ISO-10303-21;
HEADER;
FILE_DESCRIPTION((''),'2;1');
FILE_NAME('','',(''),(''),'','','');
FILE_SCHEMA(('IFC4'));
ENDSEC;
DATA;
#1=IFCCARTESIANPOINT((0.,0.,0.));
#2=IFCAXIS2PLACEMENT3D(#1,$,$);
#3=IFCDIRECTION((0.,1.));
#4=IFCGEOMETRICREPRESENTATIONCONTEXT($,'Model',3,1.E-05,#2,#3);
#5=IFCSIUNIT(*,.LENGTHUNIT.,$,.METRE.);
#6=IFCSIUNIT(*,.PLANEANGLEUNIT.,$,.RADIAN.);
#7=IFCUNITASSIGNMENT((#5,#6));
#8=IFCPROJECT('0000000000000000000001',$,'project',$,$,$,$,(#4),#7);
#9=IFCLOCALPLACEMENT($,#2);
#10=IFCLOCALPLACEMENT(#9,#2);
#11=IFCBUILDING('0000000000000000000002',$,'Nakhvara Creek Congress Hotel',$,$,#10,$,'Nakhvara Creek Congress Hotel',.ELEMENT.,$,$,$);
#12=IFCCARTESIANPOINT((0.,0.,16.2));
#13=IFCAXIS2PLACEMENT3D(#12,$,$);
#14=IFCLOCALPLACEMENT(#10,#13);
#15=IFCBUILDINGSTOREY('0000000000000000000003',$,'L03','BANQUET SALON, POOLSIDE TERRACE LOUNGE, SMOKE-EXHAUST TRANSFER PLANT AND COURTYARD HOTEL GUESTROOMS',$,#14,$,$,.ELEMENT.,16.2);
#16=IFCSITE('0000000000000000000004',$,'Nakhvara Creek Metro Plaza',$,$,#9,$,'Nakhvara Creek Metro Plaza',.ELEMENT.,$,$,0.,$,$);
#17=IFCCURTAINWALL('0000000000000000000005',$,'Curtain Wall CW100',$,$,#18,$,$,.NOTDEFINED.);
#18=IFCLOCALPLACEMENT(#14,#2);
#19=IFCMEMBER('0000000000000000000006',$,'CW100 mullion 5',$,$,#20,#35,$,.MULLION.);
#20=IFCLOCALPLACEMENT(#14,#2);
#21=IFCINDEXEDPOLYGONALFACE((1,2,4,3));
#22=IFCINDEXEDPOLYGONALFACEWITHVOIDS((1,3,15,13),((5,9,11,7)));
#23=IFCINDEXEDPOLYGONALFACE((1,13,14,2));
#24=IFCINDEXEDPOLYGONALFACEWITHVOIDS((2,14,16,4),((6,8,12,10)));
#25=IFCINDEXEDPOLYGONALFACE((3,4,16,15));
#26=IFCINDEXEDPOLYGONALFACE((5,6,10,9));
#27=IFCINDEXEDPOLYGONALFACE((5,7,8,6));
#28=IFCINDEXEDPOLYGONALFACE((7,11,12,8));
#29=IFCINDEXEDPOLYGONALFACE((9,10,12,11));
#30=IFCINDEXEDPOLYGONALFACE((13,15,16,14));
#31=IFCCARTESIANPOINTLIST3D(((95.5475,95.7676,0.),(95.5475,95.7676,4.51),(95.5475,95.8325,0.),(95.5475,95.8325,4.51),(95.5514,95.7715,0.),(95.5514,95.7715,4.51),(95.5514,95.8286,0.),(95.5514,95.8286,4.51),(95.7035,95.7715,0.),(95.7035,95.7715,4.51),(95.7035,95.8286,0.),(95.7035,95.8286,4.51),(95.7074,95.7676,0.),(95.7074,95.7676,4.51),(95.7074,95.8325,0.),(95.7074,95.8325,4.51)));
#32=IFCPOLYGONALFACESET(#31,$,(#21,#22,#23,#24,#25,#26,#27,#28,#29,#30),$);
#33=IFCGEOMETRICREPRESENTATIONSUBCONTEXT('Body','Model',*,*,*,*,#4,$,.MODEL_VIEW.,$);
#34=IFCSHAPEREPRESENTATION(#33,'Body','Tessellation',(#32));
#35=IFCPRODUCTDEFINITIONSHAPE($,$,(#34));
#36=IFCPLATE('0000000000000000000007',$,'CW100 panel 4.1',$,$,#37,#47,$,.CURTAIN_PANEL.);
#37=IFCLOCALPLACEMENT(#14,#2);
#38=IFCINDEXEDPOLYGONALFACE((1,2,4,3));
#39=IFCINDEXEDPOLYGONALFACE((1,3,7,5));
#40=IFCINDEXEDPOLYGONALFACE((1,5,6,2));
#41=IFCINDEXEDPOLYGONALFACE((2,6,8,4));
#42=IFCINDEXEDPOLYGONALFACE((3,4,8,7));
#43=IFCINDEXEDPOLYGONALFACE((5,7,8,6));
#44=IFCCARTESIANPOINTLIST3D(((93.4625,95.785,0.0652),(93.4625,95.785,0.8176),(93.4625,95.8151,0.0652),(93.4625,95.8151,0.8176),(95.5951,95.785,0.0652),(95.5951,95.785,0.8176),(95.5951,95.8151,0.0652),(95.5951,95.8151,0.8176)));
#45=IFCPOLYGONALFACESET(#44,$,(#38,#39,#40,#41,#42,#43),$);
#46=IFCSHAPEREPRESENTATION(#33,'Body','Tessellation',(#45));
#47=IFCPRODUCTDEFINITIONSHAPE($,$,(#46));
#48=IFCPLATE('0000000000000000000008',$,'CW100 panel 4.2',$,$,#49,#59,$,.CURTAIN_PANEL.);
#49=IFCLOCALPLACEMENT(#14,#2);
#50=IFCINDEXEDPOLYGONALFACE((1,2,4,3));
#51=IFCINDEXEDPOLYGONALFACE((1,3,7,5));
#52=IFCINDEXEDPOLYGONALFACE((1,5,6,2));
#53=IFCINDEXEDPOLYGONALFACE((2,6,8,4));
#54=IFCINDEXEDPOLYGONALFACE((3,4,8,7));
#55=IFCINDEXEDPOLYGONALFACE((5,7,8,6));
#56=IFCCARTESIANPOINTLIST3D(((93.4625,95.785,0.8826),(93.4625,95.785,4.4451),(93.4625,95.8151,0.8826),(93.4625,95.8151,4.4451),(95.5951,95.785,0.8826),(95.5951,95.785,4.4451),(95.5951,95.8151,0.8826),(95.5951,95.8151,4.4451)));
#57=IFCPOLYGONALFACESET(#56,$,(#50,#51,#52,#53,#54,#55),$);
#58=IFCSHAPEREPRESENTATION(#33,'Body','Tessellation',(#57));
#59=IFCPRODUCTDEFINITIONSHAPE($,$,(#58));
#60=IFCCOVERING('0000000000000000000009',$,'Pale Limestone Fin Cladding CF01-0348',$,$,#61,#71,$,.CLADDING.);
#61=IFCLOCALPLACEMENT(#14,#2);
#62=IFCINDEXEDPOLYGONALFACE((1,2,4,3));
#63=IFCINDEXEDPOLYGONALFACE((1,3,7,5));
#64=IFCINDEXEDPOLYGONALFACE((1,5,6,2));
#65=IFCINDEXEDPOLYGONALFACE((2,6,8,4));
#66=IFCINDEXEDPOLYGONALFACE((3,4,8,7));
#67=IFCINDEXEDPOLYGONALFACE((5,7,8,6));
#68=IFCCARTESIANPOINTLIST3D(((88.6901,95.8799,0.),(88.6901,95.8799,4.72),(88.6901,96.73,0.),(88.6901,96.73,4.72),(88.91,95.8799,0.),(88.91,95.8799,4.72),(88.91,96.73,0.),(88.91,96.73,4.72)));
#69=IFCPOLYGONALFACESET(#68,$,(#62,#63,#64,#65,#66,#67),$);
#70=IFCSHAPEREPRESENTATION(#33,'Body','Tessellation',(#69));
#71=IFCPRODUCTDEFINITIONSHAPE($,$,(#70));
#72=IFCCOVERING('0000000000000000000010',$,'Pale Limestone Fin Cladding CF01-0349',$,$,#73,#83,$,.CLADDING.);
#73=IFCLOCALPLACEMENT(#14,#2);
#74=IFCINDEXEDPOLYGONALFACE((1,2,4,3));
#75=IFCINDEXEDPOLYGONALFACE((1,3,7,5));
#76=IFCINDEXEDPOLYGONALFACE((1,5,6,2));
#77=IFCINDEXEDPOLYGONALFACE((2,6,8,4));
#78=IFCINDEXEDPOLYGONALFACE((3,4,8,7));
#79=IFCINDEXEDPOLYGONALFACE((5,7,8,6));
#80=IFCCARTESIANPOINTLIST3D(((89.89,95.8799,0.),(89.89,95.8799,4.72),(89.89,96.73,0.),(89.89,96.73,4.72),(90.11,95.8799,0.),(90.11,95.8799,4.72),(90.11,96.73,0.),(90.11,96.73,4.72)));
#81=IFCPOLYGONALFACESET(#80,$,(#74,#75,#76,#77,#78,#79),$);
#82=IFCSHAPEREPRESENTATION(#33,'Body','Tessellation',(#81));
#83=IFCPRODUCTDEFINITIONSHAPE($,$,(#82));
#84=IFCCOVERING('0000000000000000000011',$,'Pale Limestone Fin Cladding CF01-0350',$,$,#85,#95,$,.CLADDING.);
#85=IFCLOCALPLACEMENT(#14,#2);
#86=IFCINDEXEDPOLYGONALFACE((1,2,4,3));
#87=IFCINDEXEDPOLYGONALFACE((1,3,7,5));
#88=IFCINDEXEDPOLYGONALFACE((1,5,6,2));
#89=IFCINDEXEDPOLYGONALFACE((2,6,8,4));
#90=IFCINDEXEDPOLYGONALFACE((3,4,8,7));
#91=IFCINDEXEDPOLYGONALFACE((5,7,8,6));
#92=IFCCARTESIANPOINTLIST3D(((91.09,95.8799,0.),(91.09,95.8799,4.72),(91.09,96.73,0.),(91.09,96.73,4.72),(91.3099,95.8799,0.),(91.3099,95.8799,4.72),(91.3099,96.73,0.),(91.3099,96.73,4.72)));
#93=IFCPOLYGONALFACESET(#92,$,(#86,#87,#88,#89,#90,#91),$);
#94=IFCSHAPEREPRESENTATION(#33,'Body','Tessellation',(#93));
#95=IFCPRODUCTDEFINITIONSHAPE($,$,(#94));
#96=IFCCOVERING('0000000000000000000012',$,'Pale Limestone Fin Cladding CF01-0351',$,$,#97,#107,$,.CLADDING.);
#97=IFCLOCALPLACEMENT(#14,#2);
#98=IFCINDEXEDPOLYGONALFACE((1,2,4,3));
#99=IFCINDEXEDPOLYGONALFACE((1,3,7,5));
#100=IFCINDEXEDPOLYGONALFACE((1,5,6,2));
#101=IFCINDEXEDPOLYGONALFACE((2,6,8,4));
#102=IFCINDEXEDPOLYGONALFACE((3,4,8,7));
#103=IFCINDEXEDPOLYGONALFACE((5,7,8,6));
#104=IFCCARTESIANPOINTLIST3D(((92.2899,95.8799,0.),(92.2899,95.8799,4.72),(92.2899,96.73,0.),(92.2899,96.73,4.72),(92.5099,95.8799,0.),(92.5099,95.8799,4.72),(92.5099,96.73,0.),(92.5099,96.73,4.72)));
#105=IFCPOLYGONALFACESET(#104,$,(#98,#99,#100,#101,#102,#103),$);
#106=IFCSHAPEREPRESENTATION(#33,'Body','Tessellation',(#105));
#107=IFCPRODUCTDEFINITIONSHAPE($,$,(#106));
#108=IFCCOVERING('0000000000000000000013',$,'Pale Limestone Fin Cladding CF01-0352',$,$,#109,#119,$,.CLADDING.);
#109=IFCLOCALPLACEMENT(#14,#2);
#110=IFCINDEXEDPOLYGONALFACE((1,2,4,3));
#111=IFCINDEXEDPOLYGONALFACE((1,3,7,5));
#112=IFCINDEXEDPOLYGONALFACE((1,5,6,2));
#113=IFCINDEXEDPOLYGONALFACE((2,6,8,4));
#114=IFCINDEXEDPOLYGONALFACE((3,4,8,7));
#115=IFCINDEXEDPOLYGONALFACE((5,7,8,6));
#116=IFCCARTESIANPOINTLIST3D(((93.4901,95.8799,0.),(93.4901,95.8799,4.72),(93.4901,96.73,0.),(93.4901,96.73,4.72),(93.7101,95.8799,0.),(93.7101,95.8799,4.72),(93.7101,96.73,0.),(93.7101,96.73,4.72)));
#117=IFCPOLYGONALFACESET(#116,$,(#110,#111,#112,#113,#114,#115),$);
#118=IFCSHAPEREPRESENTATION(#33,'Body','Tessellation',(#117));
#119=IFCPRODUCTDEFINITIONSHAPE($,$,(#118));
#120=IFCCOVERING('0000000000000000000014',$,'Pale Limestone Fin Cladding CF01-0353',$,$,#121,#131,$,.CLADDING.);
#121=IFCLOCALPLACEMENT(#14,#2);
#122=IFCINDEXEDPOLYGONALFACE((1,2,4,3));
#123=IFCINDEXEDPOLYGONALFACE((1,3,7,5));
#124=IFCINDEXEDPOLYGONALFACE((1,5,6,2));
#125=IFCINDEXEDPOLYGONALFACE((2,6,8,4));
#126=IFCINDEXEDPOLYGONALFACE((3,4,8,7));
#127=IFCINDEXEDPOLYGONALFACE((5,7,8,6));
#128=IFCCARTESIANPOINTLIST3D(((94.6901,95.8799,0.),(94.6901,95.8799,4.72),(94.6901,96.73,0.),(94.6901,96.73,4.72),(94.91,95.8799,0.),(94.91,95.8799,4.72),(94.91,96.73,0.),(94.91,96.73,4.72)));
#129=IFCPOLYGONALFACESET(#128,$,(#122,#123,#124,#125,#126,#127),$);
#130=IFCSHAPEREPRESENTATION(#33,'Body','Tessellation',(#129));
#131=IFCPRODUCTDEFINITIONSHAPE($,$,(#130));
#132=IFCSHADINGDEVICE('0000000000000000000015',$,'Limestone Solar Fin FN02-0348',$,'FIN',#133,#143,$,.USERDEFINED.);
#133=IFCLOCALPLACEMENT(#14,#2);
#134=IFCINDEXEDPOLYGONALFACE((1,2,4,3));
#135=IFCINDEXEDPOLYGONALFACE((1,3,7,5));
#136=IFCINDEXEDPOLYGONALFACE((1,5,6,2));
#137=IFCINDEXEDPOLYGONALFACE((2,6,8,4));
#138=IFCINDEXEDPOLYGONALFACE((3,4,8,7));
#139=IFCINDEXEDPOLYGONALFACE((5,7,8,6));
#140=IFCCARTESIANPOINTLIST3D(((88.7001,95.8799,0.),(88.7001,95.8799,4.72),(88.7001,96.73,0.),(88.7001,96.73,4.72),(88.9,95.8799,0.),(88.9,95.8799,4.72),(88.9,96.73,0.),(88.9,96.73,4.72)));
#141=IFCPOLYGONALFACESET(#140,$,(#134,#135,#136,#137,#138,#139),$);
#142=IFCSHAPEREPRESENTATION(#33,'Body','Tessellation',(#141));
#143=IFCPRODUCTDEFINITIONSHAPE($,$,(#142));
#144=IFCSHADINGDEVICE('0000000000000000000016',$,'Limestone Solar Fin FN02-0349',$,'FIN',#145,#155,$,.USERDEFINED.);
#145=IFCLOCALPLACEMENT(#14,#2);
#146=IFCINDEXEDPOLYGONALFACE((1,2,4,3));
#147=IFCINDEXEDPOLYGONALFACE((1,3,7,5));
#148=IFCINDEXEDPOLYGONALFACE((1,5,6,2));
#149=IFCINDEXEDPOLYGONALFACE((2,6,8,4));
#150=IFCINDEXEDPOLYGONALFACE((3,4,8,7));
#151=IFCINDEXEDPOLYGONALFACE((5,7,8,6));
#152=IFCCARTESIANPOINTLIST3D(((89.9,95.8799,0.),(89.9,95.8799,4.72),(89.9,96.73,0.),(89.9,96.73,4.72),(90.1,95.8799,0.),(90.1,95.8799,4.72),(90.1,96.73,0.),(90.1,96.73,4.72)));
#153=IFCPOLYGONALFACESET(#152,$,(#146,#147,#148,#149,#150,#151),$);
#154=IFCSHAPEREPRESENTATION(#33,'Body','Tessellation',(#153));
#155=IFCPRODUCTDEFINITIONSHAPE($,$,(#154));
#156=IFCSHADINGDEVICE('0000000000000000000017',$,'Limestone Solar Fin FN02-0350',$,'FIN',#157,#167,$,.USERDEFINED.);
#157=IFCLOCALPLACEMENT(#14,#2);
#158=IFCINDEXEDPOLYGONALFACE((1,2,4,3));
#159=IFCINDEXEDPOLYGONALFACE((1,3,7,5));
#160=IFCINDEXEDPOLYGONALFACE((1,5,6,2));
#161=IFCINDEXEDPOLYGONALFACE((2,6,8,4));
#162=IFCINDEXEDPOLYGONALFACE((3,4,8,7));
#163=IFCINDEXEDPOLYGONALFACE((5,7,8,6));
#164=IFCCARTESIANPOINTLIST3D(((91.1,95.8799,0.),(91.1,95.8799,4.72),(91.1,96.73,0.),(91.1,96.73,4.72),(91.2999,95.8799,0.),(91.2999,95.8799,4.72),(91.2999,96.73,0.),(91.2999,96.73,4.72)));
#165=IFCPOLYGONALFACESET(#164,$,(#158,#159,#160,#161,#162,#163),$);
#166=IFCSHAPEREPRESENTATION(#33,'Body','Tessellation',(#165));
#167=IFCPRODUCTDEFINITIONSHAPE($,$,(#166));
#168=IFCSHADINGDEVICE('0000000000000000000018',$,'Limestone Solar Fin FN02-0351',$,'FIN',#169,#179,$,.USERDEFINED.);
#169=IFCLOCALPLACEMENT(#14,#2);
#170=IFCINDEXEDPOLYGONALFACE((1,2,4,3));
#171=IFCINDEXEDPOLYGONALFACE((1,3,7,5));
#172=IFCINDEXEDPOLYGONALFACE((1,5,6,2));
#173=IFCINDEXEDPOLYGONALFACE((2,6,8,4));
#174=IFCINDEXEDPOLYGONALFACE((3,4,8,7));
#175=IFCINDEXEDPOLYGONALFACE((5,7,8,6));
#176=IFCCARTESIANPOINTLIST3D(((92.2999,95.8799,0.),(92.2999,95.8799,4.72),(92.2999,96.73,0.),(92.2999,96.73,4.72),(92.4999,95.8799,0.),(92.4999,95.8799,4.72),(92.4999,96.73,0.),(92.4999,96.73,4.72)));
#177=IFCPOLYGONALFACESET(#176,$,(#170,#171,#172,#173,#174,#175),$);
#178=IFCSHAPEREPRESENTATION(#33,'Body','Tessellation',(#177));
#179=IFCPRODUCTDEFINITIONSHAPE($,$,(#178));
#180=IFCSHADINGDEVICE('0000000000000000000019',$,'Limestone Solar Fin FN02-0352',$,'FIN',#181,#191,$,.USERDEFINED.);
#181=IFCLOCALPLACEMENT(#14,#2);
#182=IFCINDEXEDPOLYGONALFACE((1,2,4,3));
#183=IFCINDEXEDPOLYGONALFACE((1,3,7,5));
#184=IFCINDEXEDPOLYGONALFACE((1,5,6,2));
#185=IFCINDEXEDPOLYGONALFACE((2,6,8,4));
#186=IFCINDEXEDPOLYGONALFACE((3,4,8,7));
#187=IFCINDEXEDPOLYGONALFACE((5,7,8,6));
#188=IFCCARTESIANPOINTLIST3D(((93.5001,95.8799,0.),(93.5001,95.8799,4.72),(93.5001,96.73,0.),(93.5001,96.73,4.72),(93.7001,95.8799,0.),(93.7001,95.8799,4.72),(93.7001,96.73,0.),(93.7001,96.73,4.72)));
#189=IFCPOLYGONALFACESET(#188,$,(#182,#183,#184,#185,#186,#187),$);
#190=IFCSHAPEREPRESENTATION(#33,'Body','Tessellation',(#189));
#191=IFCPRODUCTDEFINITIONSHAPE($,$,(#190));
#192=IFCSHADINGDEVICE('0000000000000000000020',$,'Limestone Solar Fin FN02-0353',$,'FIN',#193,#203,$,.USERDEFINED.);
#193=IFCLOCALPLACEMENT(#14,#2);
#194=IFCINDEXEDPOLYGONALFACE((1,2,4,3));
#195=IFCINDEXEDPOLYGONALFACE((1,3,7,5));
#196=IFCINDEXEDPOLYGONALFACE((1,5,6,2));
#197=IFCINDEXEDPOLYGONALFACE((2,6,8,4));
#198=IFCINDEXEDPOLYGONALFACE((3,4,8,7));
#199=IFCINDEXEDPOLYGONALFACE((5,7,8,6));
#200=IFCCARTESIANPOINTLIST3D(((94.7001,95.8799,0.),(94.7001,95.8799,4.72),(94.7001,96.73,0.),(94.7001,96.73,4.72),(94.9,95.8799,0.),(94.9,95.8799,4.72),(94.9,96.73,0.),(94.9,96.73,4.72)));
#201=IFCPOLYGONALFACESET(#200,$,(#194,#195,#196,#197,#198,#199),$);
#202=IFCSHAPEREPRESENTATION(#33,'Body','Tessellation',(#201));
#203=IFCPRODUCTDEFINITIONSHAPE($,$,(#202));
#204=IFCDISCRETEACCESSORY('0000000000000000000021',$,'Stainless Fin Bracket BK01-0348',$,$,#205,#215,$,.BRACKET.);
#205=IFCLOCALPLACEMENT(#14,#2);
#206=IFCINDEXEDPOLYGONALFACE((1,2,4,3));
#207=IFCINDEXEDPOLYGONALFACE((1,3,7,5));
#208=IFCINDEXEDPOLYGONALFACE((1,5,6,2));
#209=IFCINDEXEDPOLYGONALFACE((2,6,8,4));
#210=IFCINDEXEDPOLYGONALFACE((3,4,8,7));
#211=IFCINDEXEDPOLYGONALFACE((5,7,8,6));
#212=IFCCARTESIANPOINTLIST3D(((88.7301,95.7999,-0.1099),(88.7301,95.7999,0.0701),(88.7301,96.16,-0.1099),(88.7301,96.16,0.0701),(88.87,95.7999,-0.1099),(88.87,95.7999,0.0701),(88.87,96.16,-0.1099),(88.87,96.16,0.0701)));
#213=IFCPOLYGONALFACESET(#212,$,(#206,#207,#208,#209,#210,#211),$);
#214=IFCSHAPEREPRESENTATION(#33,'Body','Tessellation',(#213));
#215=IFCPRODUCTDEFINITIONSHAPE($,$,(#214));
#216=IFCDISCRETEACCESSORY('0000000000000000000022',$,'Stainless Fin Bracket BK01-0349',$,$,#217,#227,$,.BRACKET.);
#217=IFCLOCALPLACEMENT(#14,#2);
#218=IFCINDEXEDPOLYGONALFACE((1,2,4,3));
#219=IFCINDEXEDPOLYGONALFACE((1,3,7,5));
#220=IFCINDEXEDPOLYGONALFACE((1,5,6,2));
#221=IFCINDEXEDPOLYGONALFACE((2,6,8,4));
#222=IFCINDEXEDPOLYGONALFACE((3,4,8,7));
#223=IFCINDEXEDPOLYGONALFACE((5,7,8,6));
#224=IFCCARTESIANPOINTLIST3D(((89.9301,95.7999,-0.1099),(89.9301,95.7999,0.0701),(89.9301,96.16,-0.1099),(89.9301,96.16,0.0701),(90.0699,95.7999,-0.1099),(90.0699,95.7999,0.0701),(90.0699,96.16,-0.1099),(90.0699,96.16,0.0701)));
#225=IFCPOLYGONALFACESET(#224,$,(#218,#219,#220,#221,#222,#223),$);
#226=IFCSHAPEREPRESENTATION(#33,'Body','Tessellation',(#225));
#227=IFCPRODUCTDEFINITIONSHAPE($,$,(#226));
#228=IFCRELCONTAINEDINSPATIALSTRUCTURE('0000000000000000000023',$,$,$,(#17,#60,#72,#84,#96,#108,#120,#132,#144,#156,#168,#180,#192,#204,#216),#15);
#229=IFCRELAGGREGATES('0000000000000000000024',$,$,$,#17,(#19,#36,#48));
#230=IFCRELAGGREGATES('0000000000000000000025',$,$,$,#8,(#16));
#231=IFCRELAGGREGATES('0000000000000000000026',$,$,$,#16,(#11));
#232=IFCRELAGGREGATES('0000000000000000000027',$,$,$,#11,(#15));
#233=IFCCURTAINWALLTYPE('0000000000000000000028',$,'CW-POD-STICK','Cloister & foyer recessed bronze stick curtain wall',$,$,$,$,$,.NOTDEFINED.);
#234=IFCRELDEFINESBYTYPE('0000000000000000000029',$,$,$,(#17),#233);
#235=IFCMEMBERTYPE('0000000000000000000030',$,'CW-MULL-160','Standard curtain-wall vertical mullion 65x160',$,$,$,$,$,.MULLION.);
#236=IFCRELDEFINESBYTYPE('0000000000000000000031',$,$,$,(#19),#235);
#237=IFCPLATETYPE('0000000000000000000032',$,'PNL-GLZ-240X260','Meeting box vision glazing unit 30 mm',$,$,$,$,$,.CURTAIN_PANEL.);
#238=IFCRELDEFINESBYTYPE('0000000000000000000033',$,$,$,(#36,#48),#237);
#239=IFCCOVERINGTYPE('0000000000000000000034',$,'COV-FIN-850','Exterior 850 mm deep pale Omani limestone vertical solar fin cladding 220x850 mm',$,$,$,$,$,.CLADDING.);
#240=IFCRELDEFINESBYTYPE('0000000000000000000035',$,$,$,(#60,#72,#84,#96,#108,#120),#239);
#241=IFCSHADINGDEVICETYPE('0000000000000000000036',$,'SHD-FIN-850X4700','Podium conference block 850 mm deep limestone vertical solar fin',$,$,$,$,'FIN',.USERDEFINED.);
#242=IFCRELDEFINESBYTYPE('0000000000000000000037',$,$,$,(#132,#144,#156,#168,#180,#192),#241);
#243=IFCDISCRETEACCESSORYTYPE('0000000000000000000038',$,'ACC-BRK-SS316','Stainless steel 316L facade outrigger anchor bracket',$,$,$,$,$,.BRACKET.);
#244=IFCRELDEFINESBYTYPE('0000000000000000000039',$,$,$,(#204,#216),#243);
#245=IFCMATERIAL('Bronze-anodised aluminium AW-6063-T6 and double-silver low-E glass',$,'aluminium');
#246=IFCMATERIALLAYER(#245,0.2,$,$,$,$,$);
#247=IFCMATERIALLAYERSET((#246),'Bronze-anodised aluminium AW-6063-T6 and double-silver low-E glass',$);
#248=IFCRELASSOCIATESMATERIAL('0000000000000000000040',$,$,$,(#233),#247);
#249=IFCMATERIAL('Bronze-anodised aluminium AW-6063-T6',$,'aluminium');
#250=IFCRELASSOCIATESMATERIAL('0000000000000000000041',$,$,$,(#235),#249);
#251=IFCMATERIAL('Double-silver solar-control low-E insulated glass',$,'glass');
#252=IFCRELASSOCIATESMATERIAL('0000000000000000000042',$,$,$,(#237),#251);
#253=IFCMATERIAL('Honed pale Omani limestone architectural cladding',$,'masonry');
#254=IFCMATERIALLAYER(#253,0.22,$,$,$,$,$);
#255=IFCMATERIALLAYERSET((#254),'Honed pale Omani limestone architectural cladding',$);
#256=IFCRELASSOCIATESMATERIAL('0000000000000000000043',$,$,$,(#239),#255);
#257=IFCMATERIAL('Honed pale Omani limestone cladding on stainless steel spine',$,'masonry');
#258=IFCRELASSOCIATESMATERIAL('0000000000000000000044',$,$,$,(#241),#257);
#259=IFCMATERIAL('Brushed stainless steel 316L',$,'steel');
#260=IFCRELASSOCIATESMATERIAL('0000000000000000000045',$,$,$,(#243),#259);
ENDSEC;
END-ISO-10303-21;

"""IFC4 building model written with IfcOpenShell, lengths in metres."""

from ifc_helpers import new_model, si_unit, direction, frame, origin, origin_2d, place, context, subcontext, project, spatial, rectangle, hollow_rectangle, extrude, material, layer, layer_set, material_profile, profile_set, type_object, element, aggregate, save


model = new_model("IFC4")

# Units and contexts
model_context = context("Model", 3, precision=1e-05, world=origin(), true_north=direction((0.0, 1.0)))
body_context = subcontext(model_context, "Body", "Model", "MODEL_VIEW")
ifc_project = project(units=[si_unit("LENGTHUNIT", "METRE"), si_unit("PLANEANGLEUNIT", "RADIAN")], contexts=[model_context])

# Site, building, storey
site_placement = place(None, origin())
site = spatial("IfcSite", under=ifc_project, at=site_placement, Name="Nakhvara Creek Metro Plaza", LongName="Nakhvara Creek Metro Plaza", CompositionType="ELEMENT", RefElevation=0.0)
building_placement = place(site_placement, origin())
building = spatial("IfcBuilding", under=site, at=building_placement, Name="Nakhvara Creek Congress Hotel", LongName="Nakhvara Creek Congress Hotel", CompositionType="ELEMENT")
storey_placement = place(building_placement, frame((0.0, 0.0, 16.2)))
storey = spatial("IfcBuildingStorey", under=building, at=storey_placement, Name="L03", Description="BANQUET SALON, POOLSIDE TERRACE LOUNGE, SMOKE-EXHAUST TRANSFER PLANT AND COURTYARD HOTEL GUESTROOMS", CompositionType="ELEMENT", Elevation=16.2)

# Curtain wall, member, plates
ifc_material_1 = material(Name="Bronze-anodised aluminium AW-6063-T6 and double-silver low-E glass", Category="aluminium")
ifc_layer_1 = layer(ifc_material_1, 0.2)
ifc_layer_set_1 = layer_set([ifc_layer_1], Name="Bronze-anodised aluminium AW-6063-T6 and double-silver low-E glass")
curtain_wall_type = type_object("IfcCurtainWallType", Name="CW-POD-STICK", Description="Cloister & foyer recessed bronze stick curtain wall", PredefinedType="NOTDEFINED", material=ifc_layer_set_1)
curtain_wall_placement = place(storey_placement, origin())
curtain_wall = element("IfcCurtainWall", 1, at=curtain_wall_placement, inside=storey, type_object=curtain_wall_type, Name="Curtain Wall CW100", PredefinedType="NOTDEFINED")
ifc_material_2 = material(Name="Bronze-anodised aluminium AW-6063-T6", Category="aluminium")
ifc_material_profile = material_profile(ifc_material_2, hollow_rectangle(XDim=0.0649, YDim=0.1599, WallThickness=0.0039, at=origin_2d()), Name="ALU-MULL 65x160x4", Category="LoadBearing")
ifc_profile_set = profile_set([ifc_material_profile], Name="Bronze-anodised aluminium AW-6063-T6")
member_type = type_object("IfcMemberType", Name="CW-MULL-160", Description="Standard curtain-wall vertical mullion 65x160", PredefinedType="MULLION", material=ifc_profile_set)
member_placement = place(storey_placement, frame((95.6274, 95.8, 0.0), z_axis=(0.0, 0.0, 1.0), x_axis=(0.0, 1.0, 0.0)))
member = element("IfcMember", 2, at=member_placement, type_object=member_type, Name="CW100 mullion 5", PredefinedType="MULLION", context=body_context, shape_type="SweptSolid", body=[
    extrude(hollow_rectangle(XDim=0.0649, YDim=0.1599, WallThickness=0.0039, at=origin_2d()), origin(), (0.0, 0.0, 1.0), 4.51),
])
ifc_material_3 = material(Name="Double-silver solar-control low-E insulated glass", Category="glass")
plate_type = type_object("IfcPlateType", Name="PNL-GLZ-240X260", Description="Meeting box vision glazing unit 30 mm", PredefinedType="CURTAIN_PANEL", material=ifc_material_3)
plate_1_placement = place(storey_placement, frame((94.5288, 95.8, 0.0652), z_axis=(0.0, 0.0, 1.0), x_axis=(1.0, 0.0, 0.0)))
plate_1 = element("IfcPlate", 3, at=plate_1_placement, type_object=plate_type, Name="CW100 panel 4.1", PredefinedType="CURTAIN_PANEL", context=body_context, shape_type="SweptSolid", body=[
    extrude(rectangle(XDim=2.1326, YDim=0.03, at=origin_2d()), origin(), (0.0, 0.0, 1.0), 0.7524),
])
plate_2_placement = place(storey_placement, frame((94.5288, 95.8, 0.8826), z_axis=(0.0, 0.0, 1.0), x_axis=(1.0, 0.0, 0.0)))
plate_2 = element("IfcPlate", 4, at=plate_2_placement, type_object=plate_type, Name="CW100 panel 4.2", PredefinedType="CURTAIN_PANEL", context=body_context, shape_type="SweptSolid", body=[
    extrude(rectangle(XDim=2.1326, YDim=0.03, at=origin_2d()), origin(), (0.0, 0.0, 1.0), 3.5625),
])
aggregate(curtain_wall, [member, plate_1, plate_2])

# Coverings
ifc_material_4 = material(Name="Honed pale Omani limestone architectural cladding", Category="masonry")
ifc_layer_2 = layer(ifc_material_4, 0.22)
ifc_layer_set_2 = layer_set([ifc_layer_2], Name="Honed pale Omani limestone architectural cladding")
covering_type = type_object("IfcCoveringType", Name="COV-FIN-850", Description="Exterior 850 mm deep pale Omani limestone vertical solar fin cladding 220x850 mm", PredefinedType="CLADDING", material=ifc_layer_set_2)
for number, where, z_axis, x_axis, name in (
    (5, (88.8, 96.3049, 0.0), (0.0, 0.0, 1.0), (1.0, 0.0, 0.0), "Pale Limestone Fin Cladding CF01-0348"),
    (6, (90.0, 96.3049, 0.0), (0.0, 0.0, 1.0), (1.0, 0.0, 0.0), "Pale Limestone Fin Cladding CF01-0349"),
    (7, (91.2, 96.3049, 0.0), (0.0, 0.0, 1.0), (1.0, 0.0, 0.0), "Pale Limestone Fin Cladding CF01-0350"),
    (8, (92.3999, 96.3049, 0.0), (0.0, 0.0, 1.0), (1.0, 0.0, 0.0), "Pale Limestone Fin Cladding CF01-0351"),
    (9, (93.6001, 96.3049, 0.0), (0.0, 0.0, 1.0), (1.0, 0.0, 0.0), "Pale Limestone Fin Cladding CF01-0352"),
    (10, (94.8, 96.3049, 0.0), (0.0, 0.0, 1.0), (1.0, 0.0, 0.0), "Pale Limestone Fin Cladding CF01-0353"),
):
    element("IfcCovering", number, at=place(storey_placement, frame(where, z_axis=z_axis, x_axis=x_axis)), inside=storey, type_object=covering_type, Name=name, PredefinedType="CLADDING", context=body_context, shape_type="SweptSolid", body=[
        extrude(rectangle(XDim=0.22, YDim=0.8501, at=origin_2d()), origin(), (0.0, 0.0, 1.0), 4.72),
    ])

# Shading devices
ifc_material_5 = material(Name="Honed pale Omani limestone cladding on stainless steel spine", Category="masonry")
shading_device_type = type_object("IfcShadingDeviceType", Name="SHD-FIN-850X4700", Description="Podium conference block 850 mm deep limestone vertical solar fin", ElementType="FIN", PredefinedType="USERDEFINED", material=ifc_material_5)
for number, where, z_axis, x_axis, name in (
    (11, (88.8, 96.3049, 0.0), (0.0, 0.0, 1.0), (1.0, 0.0, 0.0), "Limestone Solar Fin FN02-0348"),
    (12, (90.0, 96.3049, 0.0), (0.0, 0.0, 1.0), (1.0, 0.0, 0.0), "Limestone Solar Fin FN02-0349"),
    (13, (91.2, 96.3049, 0.0), (0.0, 0.0, 1.0), (1.0, 0.0, 0.0), "Limestone Solar Fin FN02-0350"),
    (14, (92.3999, 96.3049, 0.0), (0.0, 0.0, 1.0), (1.0, 0.0, 0.0), "Limestone Solar Fin FN02-0351"),
    (15, (93.6001, 96.3049, 0.0), (0.0, 0.0, 1.0), (1.0, 0.0, 0.0), "Limestone Solar Fin FN02-0352"),
    (16, (94.8, 96.3049, 0.0), (0.0, 0.0, 1.0), (1.0, 0.0, 0.0), "Limestone Solar Fin FN02-0353"),
):
    element("IfcShadingDevice", number, at=place(storey_placement, frame(where, z_axis=z_axis, x_axis=x_axis)), inside=storey, type_object=shading_device_type, Name=name, ObjectType="FIN", PredefinedType="USERDEFINED", context=body_context, shape_type="SweptSolid", body=[
        extrude(rectangle(XDim=0.2, YDim=0.8501, at=origin_2d()), origin(), (0.0, 0.0, 1.0), 4.72),
    ])

# Discrete accessories
ifc_material_6 = material(Name="Brushed stainless steel 316L", Category="steel")
discrete_accessory_type = type_object("IfcDiscreteAccessoryType", Name="ACC-BRK-SS316", Description="Stainless steel 316L facade outrigger anchor bracket", PredefinedType="BRACKET", material=ifc_material_6)
for number, where, z_axis, x_axis, name in (
    (17, (88.8, 95.98, -0.1099), (0.0, 0.0, 1.0), (1.0, 0.0, 0.0), "Stainless Fin Bracket BK01-0348"),
    (18, (90.0, 95.98, -0.1099), (0.0, 0.0, 1.0), (1.0, 0.0, 0.0), "Stainless Fin Bracket BK01-0349"),
):
    element("IfcDiscreteAccessory", number, at=place(storey_placement, frame(where, z_axis=z_axis, x_axis=x_axis)), inside=storey, type_object=discrete_accessory_type, Name=name, PredefinedType="BRACKET", context=body_context, shape_type="SweptSolid", body=[
        extrude(rectangle(XDim=0.1399, YDim=0.3601, at=origin_2d()), origin(), (0.0, 0.0, 1.0), 0.1799),
    ])

save(model, "model.ifc")
